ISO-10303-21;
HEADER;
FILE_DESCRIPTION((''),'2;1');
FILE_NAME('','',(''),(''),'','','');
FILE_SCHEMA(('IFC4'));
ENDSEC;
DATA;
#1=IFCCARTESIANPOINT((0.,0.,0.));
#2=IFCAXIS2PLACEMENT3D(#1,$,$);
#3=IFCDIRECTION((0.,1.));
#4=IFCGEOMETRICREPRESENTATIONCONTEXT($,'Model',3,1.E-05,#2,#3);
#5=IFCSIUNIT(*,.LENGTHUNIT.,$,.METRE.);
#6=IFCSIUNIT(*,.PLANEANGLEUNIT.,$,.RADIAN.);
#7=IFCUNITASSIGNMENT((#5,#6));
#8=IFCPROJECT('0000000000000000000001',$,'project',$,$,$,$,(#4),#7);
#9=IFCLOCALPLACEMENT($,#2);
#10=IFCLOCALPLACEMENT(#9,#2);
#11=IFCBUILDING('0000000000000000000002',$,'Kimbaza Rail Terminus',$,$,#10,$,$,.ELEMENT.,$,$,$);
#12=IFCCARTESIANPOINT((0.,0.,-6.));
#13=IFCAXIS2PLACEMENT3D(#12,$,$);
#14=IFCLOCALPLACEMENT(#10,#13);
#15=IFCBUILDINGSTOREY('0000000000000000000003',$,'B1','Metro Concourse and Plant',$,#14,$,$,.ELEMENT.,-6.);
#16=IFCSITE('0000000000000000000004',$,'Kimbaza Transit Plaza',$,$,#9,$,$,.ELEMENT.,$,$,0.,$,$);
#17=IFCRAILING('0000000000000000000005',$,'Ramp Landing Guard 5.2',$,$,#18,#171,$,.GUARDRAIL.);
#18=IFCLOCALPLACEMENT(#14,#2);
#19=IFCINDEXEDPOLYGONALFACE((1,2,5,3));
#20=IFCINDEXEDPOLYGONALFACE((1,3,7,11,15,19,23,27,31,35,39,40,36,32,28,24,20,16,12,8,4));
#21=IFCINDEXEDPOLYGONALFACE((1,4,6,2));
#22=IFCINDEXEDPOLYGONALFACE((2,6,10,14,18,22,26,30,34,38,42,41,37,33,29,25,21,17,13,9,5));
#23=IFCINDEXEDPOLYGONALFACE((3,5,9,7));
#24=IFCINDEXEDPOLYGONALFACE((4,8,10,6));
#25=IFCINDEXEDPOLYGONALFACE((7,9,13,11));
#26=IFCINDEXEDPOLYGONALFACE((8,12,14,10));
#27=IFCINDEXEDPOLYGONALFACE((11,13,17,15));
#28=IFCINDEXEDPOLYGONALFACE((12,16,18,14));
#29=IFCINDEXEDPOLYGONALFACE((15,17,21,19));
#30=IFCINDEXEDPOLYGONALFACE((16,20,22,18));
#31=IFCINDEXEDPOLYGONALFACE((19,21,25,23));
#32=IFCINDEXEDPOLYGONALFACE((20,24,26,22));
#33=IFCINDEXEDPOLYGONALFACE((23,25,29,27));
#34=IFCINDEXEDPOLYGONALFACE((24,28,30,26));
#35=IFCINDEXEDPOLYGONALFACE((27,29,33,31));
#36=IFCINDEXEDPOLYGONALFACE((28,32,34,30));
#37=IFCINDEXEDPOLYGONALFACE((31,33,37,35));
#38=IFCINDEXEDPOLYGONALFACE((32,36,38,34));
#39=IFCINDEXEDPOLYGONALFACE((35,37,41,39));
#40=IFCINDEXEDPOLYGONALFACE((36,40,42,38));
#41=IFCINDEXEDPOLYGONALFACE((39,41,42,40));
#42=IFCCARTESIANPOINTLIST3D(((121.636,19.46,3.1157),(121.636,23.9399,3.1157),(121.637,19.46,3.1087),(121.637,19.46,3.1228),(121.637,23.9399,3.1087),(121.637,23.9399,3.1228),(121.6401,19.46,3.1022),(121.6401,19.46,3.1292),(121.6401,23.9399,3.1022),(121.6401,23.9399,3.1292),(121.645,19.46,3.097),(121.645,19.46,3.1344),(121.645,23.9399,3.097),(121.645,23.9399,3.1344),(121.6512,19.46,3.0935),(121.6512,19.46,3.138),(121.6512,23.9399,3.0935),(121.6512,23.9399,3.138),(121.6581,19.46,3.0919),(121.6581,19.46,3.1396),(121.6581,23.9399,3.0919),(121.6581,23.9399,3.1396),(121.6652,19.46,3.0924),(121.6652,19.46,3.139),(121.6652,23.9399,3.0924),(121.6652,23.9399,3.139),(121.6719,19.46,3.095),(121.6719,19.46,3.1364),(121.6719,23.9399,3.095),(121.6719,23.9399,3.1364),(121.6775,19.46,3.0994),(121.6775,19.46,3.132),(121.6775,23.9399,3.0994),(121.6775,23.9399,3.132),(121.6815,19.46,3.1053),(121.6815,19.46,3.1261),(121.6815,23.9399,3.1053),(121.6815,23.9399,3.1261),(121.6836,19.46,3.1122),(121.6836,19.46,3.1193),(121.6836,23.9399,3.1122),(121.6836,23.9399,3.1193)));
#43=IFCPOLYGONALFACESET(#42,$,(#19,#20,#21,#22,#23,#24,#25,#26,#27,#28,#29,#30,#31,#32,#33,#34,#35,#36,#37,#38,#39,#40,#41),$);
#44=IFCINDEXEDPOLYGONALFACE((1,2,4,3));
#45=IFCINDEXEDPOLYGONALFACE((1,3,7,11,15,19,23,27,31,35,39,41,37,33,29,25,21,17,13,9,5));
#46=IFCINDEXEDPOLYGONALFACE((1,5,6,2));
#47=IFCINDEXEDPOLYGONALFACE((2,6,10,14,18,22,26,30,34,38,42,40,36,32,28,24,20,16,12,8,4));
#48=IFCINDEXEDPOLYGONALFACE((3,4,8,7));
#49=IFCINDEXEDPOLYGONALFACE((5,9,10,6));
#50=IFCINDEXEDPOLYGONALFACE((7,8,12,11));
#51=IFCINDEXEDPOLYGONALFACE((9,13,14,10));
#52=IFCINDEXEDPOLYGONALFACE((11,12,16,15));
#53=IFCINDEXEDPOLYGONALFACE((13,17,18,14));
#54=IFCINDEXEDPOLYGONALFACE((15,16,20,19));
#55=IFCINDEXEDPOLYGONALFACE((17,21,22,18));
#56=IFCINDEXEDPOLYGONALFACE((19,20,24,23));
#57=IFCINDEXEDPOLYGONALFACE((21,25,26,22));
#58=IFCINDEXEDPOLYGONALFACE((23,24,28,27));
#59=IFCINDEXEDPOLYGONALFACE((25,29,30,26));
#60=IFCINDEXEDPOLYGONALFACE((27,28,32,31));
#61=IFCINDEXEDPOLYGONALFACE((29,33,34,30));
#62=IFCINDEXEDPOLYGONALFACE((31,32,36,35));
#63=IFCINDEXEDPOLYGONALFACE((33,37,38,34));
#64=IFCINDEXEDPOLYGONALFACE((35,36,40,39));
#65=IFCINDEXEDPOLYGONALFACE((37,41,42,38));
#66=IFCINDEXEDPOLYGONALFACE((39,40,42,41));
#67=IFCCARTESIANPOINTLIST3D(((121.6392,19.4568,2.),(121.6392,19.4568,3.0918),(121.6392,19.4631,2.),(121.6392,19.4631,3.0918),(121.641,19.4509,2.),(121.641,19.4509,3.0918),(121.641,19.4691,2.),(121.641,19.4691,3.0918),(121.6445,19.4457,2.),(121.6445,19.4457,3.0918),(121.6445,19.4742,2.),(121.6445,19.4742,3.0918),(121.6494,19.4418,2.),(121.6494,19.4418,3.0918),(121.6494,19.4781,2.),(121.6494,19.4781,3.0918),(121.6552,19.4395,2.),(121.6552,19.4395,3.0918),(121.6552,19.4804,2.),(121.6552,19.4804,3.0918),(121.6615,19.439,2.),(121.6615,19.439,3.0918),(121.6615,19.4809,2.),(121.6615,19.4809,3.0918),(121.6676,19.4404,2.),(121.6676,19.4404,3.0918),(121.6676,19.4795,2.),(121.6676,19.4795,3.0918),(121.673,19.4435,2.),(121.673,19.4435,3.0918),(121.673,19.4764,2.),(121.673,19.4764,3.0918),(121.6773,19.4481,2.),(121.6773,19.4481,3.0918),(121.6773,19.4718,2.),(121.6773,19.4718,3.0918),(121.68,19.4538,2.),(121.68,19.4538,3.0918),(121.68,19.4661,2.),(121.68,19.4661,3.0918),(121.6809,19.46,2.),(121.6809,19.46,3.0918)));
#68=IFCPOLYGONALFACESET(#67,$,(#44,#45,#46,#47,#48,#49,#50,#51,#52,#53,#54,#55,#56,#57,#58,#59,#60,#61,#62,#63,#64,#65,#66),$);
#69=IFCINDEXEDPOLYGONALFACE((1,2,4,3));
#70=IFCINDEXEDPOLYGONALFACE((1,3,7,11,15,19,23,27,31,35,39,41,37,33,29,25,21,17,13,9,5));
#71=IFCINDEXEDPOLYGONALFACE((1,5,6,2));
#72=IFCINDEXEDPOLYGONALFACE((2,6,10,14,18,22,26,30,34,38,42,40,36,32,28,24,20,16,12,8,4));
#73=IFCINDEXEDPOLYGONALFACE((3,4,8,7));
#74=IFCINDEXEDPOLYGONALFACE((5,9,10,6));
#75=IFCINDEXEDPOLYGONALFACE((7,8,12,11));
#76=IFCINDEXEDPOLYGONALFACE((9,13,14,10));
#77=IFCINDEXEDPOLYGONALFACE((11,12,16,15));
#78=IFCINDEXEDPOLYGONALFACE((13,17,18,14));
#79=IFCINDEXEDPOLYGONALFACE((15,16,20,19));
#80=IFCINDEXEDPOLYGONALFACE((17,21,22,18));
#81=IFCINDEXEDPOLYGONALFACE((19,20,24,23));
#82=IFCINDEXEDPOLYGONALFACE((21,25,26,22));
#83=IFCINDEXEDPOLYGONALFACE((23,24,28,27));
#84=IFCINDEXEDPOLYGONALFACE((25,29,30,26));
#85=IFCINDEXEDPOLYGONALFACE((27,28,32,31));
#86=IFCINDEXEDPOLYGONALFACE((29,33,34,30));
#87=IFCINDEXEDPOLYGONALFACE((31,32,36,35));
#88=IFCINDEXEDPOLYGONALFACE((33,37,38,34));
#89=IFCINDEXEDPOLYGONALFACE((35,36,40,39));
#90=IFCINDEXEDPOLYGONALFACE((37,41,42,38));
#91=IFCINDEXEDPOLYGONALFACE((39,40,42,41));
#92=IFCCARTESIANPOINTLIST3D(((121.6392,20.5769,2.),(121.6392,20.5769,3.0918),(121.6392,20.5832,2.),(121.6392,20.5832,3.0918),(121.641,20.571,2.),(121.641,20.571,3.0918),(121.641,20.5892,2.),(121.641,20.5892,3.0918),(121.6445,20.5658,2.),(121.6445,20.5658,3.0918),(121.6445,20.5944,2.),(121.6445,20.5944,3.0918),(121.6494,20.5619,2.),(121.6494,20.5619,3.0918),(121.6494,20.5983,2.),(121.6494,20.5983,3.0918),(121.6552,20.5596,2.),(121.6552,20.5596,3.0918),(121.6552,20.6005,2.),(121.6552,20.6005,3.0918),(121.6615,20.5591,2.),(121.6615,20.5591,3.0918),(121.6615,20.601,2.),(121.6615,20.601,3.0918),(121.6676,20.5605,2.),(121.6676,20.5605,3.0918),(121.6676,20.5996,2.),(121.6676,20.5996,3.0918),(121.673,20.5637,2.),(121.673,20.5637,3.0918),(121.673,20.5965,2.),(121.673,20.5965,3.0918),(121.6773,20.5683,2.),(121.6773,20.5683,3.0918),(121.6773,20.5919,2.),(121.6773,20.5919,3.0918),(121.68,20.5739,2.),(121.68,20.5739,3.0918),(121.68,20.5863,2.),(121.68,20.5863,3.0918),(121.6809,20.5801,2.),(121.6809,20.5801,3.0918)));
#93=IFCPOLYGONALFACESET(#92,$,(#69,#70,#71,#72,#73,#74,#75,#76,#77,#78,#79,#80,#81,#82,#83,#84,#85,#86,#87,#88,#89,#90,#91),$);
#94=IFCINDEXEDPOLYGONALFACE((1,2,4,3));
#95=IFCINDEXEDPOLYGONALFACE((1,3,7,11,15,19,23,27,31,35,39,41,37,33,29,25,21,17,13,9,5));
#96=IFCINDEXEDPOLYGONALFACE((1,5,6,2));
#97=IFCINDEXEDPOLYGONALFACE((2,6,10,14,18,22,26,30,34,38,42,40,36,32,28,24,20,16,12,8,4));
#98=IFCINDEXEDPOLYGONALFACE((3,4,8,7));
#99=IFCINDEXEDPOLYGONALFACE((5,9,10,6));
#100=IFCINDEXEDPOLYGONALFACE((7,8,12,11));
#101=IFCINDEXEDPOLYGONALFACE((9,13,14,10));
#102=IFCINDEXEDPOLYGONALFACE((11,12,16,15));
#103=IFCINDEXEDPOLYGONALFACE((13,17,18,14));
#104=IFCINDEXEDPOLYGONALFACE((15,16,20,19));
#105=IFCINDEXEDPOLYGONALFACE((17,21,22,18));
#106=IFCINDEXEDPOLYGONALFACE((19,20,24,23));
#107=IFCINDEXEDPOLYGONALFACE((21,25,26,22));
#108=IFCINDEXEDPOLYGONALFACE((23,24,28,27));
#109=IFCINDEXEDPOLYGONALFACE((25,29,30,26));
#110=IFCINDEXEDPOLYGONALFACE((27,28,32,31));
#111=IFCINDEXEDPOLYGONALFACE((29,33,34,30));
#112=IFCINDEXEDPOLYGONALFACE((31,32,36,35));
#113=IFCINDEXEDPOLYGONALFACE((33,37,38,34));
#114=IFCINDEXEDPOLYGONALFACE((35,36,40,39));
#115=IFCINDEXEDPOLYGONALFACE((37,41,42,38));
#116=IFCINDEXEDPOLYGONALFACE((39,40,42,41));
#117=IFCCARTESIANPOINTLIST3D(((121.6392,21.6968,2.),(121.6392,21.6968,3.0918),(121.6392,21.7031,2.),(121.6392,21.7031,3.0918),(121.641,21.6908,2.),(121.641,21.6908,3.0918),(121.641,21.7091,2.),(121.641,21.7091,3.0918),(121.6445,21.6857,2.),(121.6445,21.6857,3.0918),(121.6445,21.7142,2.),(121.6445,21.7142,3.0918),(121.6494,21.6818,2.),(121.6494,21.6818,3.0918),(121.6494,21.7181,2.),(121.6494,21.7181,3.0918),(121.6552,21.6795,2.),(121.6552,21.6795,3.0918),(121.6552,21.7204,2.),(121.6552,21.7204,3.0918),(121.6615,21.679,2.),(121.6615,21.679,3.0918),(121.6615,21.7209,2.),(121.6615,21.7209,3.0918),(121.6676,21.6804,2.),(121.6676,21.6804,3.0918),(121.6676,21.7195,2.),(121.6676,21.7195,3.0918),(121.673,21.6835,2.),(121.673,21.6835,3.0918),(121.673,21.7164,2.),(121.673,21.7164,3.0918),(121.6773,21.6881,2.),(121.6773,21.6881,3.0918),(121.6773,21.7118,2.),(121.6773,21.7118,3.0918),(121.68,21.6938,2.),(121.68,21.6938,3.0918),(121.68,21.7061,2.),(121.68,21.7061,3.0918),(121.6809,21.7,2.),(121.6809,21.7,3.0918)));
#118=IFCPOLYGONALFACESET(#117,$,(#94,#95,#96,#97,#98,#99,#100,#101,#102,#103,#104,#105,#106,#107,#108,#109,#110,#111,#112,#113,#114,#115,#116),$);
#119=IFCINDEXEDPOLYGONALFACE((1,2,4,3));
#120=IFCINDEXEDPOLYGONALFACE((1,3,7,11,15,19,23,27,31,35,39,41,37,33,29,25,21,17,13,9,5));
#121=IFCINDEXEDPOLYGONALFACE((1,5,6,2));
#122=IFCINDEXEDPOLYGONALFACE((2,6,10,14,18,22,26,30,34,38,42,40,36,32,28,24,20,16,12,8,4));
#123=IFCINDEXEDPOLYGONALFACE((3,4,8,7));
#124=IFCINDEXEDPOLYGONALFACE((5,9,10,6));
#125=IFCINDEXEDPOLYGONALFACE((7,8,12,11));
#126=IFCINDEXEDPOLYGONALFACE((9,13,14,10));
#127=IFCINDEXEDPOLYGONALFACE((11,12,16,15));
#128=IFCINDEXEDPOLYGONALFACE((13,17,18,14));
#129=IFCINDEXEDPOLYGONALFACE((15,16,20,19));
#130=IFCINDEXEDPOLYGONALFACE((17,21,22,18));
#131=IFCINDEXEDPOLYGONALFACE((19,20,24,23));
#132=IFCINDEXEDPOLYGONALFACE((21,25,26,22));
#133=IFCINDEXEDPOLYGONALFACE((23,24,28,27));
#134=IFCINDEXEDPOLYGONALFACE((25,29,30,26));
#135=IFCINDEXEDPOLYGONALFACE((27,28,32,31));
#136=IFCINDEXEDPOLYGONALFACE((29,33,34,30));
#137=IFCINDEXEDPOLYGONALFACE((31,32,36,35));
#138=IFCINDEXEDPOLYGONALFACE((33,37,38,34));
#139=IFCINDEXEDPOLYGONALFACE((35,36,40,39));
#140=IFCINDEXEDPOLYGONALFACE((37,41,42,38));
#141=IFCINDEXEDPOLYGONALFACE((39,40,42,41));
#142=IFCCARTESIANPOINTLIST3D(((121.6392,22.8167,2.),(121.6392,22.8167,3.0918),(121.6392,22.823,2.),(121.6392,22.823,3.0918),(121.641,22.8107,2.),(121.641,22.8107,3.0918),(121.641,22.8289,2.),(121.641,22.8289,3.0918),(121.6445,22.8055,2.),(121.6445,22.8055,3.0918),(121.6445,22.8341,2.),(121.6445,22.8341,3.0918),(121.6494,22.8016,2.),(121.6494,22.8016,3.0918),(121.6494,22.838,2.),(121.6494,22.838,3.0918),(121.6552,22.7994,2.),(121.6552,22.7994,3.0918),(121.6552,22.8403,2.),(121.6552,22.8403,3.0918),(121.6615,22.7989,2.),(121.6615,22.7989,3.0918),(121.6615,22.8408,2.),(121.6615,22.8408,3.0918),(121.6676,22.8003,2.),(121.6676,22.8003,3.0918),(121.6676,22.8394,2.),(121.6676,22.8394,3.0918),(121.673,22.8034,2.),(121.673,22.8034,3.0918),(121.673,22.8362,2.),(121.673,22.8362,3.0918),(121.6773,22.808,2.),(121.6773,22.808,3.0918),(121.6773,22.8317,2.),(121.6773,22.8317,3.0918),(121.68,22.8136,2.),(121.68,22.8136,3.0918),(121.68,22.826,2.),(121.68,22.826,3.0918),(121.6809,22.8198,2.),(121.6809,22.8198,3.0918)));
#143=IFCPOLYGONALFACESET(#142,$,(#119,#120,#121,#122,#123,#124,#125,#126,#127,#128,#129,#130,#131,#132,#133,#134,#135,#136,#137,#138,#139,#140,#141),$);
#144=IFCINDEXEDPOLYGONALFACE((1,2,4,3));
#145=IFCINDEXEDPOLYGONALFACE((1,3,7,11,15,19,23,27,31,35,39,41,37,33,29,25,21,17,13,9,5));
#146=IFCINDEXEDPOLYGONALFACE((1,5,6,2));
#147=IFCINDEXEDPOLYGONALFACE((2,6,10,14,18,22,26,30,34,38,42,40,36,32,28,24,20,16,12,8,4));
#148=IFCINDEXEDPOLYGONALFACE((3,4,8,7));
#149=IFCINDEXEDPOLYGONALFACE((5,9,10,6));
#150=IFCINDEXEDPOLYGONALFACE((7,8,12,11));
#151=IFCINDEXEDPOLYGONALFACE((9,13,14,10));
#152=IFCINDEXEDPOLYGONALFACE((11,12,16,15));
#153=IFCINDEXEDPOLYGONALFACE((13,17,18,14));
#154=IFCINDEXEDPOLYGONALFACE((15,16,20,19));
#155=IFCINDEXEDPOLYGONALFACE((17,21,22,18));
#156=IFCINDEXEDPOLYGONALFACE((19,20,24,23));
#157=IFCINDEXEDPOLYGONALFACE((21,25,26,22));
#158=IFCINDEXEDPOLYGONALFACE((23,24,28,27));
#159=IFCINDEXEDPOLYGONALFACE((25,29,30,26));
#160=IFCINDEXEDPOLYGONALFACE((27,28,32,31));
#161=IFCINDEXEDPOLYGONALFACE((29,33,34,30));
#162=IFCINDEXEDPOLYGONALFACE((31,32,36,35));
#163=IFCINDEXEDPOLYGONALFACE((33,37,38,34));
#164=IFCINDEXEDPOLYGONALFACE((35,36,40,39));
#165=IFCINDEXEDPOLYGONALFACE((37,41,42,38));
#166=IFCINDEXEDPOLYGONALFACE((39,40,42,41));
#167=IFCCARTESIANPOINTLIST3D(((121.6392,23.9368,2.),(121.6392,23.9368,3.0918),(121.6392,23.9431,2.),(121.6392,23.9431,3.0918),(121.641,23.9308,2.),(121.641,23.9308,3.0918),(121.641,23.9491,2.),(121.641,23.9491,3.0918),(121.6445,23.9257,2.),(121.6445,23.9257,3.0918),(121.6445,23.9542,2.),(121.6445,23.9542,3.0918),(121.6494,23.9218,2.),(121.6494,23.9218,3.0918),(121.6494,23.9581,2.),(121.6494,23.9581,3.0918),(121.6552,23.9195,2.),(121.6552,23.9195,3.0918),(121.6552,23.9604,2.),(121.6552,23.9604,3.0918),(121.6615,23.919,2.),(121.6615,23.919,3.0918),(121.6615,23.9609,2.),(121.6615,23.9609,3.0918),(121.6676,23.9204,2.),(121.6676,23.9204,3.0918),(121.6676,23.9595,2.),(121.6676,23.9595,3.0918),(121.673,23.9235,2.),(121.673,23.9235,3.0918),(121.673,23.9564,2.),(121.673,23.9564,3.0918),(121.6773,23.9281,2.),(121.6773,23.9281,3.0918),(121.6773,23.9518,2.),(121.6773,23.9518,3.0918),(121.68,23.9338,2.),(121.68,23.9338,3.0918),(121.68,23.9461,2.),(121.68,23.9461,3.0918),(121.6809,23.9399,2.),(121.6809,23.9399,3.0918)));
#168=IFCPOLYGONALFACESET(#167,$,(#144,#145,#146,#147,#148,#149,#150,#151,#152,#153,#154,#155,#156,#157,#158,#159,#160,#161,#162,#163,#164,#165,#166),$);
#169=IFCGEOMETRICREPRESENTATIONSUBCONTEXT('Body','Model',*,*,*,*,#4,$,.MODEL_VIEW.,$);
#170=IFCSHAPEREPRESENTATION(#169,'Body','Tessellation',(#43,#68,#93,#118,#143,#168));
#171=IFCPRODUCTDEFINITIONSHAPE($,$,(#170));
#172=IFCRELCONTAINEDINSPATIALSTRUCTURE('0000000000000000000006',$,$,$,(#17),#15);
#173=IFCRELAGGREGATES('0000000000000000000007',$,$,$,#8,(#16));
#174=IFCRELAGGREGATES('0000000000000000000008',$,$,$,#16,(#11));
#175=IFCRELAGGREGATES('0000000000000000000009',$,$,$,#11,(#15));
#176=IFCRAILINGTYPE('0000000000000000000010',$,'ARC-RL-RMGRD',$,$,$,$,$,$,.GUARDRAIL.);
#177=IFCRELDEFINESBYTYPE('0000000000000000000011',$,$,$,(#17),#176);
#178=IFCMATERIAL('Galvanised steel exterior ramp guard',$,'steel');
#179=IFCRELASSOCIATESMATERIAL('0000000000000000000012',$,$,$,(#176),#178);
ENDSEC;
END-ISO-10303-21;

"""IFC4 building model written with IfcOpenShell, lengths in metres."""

from ifc_helpers import new_model, si_unit, direction, frame, origin, origin_2d, place, context, subcontext, project, spatial, circle, extrude, material, type_object, element, save


model = new_model("IFC4")

# Units and contexts
model_context = context("Model", 3, precision=1e-05, world=origin(), true_north=direction((0.0, 1.0)))
body_context = subcontext(model_context, "Body", "Model", "MODEL_VIEW")
ifc_project = project(units=[si_unit("LENGTHUNIT", "METRE"), si_unit("PLANEANGLEUNIT", "RADIAN")], contexts=[model_context])

# Site, building, storey
site_placement = place(None, origin())
site = spatial("IfcSite", under=ifc_project, at=site_placement, Name="Kimbaza Transit Plaza", CompositionType="ELEMENT", RefElevation=0.0)
building_placement = place(site_placement, origin())
building = spatial("IfcBuilding", under=site, at=building_placement, Name="Kimbaza Rail Terminus", CompositionType="ELEMENT")
storey_placement = place(building_placement, frame((0.0, 0.0, -6.0)))
storey = spatial("IfcBuildingStorey", under=building, at=storey_placement, Name="B1", Description="Metro Concourse and Plant", CompositionType="ELEMENT", Elevation=-6.0)

# Railing
ifc_material_1 = material(Name="Galvanised steel exterior ramp guard", Category="steel")
railing_type_1 = type_object("IfcRailingType", Name="ARC-RL-RMGRD", PredefinedType="GUARDRAIL", material=ifc_material_1)
railing_1_placement = place(storey_placement, frame((121.6599, 19.46, 2.0)))
element("IfcRailing", 1, at=railing_1_placement, inside=storey, type_object=railing_type_1, Name="Ramp Landing Guard 5.2", PredefinedType="GUARDRAIL", context=body_context, shape_type="SweptSolid", body=[
    extrude(circle(Radius=0.0239, at=origin_2d()), frame((0.0, 0.0, 1.1157), z_axis=(0.0, 1.0, 0.0), x_axis=(-1.0, 0.0, 0.0)), (0.0, 0.0, 1.0), 4.48),
    extrude(circle(Radius=0.021, at=origin_2d()), origin(), (0.0, 0.0, 1.0), 1.0918),
    extrude(circle(Radius=0.021, at=origin_2d()), frame((0.0, 1.1201, 0.0)), (0.0, 0.0, 1.0), 1.0918),
    extrude(circle(Radius=0.021, at=origin_2d()), frame((0.0, 2.24, 0.0)), (0.0, 0.0, 1.0), 1.0918),
    extrude(circle(Radius=0.021, at=origin_2d()), frame((0.0, 3.3599, 0.0)), (0.0, 0.0, 1.0), 1.0918),
    extrude(circle(Radius=0.021, at=origin_2d()), frame((0.0, 4.48, 0.0)), (0.0, 0.0, 1.0), 1.0918),
])

save(model, "model.ifc")
